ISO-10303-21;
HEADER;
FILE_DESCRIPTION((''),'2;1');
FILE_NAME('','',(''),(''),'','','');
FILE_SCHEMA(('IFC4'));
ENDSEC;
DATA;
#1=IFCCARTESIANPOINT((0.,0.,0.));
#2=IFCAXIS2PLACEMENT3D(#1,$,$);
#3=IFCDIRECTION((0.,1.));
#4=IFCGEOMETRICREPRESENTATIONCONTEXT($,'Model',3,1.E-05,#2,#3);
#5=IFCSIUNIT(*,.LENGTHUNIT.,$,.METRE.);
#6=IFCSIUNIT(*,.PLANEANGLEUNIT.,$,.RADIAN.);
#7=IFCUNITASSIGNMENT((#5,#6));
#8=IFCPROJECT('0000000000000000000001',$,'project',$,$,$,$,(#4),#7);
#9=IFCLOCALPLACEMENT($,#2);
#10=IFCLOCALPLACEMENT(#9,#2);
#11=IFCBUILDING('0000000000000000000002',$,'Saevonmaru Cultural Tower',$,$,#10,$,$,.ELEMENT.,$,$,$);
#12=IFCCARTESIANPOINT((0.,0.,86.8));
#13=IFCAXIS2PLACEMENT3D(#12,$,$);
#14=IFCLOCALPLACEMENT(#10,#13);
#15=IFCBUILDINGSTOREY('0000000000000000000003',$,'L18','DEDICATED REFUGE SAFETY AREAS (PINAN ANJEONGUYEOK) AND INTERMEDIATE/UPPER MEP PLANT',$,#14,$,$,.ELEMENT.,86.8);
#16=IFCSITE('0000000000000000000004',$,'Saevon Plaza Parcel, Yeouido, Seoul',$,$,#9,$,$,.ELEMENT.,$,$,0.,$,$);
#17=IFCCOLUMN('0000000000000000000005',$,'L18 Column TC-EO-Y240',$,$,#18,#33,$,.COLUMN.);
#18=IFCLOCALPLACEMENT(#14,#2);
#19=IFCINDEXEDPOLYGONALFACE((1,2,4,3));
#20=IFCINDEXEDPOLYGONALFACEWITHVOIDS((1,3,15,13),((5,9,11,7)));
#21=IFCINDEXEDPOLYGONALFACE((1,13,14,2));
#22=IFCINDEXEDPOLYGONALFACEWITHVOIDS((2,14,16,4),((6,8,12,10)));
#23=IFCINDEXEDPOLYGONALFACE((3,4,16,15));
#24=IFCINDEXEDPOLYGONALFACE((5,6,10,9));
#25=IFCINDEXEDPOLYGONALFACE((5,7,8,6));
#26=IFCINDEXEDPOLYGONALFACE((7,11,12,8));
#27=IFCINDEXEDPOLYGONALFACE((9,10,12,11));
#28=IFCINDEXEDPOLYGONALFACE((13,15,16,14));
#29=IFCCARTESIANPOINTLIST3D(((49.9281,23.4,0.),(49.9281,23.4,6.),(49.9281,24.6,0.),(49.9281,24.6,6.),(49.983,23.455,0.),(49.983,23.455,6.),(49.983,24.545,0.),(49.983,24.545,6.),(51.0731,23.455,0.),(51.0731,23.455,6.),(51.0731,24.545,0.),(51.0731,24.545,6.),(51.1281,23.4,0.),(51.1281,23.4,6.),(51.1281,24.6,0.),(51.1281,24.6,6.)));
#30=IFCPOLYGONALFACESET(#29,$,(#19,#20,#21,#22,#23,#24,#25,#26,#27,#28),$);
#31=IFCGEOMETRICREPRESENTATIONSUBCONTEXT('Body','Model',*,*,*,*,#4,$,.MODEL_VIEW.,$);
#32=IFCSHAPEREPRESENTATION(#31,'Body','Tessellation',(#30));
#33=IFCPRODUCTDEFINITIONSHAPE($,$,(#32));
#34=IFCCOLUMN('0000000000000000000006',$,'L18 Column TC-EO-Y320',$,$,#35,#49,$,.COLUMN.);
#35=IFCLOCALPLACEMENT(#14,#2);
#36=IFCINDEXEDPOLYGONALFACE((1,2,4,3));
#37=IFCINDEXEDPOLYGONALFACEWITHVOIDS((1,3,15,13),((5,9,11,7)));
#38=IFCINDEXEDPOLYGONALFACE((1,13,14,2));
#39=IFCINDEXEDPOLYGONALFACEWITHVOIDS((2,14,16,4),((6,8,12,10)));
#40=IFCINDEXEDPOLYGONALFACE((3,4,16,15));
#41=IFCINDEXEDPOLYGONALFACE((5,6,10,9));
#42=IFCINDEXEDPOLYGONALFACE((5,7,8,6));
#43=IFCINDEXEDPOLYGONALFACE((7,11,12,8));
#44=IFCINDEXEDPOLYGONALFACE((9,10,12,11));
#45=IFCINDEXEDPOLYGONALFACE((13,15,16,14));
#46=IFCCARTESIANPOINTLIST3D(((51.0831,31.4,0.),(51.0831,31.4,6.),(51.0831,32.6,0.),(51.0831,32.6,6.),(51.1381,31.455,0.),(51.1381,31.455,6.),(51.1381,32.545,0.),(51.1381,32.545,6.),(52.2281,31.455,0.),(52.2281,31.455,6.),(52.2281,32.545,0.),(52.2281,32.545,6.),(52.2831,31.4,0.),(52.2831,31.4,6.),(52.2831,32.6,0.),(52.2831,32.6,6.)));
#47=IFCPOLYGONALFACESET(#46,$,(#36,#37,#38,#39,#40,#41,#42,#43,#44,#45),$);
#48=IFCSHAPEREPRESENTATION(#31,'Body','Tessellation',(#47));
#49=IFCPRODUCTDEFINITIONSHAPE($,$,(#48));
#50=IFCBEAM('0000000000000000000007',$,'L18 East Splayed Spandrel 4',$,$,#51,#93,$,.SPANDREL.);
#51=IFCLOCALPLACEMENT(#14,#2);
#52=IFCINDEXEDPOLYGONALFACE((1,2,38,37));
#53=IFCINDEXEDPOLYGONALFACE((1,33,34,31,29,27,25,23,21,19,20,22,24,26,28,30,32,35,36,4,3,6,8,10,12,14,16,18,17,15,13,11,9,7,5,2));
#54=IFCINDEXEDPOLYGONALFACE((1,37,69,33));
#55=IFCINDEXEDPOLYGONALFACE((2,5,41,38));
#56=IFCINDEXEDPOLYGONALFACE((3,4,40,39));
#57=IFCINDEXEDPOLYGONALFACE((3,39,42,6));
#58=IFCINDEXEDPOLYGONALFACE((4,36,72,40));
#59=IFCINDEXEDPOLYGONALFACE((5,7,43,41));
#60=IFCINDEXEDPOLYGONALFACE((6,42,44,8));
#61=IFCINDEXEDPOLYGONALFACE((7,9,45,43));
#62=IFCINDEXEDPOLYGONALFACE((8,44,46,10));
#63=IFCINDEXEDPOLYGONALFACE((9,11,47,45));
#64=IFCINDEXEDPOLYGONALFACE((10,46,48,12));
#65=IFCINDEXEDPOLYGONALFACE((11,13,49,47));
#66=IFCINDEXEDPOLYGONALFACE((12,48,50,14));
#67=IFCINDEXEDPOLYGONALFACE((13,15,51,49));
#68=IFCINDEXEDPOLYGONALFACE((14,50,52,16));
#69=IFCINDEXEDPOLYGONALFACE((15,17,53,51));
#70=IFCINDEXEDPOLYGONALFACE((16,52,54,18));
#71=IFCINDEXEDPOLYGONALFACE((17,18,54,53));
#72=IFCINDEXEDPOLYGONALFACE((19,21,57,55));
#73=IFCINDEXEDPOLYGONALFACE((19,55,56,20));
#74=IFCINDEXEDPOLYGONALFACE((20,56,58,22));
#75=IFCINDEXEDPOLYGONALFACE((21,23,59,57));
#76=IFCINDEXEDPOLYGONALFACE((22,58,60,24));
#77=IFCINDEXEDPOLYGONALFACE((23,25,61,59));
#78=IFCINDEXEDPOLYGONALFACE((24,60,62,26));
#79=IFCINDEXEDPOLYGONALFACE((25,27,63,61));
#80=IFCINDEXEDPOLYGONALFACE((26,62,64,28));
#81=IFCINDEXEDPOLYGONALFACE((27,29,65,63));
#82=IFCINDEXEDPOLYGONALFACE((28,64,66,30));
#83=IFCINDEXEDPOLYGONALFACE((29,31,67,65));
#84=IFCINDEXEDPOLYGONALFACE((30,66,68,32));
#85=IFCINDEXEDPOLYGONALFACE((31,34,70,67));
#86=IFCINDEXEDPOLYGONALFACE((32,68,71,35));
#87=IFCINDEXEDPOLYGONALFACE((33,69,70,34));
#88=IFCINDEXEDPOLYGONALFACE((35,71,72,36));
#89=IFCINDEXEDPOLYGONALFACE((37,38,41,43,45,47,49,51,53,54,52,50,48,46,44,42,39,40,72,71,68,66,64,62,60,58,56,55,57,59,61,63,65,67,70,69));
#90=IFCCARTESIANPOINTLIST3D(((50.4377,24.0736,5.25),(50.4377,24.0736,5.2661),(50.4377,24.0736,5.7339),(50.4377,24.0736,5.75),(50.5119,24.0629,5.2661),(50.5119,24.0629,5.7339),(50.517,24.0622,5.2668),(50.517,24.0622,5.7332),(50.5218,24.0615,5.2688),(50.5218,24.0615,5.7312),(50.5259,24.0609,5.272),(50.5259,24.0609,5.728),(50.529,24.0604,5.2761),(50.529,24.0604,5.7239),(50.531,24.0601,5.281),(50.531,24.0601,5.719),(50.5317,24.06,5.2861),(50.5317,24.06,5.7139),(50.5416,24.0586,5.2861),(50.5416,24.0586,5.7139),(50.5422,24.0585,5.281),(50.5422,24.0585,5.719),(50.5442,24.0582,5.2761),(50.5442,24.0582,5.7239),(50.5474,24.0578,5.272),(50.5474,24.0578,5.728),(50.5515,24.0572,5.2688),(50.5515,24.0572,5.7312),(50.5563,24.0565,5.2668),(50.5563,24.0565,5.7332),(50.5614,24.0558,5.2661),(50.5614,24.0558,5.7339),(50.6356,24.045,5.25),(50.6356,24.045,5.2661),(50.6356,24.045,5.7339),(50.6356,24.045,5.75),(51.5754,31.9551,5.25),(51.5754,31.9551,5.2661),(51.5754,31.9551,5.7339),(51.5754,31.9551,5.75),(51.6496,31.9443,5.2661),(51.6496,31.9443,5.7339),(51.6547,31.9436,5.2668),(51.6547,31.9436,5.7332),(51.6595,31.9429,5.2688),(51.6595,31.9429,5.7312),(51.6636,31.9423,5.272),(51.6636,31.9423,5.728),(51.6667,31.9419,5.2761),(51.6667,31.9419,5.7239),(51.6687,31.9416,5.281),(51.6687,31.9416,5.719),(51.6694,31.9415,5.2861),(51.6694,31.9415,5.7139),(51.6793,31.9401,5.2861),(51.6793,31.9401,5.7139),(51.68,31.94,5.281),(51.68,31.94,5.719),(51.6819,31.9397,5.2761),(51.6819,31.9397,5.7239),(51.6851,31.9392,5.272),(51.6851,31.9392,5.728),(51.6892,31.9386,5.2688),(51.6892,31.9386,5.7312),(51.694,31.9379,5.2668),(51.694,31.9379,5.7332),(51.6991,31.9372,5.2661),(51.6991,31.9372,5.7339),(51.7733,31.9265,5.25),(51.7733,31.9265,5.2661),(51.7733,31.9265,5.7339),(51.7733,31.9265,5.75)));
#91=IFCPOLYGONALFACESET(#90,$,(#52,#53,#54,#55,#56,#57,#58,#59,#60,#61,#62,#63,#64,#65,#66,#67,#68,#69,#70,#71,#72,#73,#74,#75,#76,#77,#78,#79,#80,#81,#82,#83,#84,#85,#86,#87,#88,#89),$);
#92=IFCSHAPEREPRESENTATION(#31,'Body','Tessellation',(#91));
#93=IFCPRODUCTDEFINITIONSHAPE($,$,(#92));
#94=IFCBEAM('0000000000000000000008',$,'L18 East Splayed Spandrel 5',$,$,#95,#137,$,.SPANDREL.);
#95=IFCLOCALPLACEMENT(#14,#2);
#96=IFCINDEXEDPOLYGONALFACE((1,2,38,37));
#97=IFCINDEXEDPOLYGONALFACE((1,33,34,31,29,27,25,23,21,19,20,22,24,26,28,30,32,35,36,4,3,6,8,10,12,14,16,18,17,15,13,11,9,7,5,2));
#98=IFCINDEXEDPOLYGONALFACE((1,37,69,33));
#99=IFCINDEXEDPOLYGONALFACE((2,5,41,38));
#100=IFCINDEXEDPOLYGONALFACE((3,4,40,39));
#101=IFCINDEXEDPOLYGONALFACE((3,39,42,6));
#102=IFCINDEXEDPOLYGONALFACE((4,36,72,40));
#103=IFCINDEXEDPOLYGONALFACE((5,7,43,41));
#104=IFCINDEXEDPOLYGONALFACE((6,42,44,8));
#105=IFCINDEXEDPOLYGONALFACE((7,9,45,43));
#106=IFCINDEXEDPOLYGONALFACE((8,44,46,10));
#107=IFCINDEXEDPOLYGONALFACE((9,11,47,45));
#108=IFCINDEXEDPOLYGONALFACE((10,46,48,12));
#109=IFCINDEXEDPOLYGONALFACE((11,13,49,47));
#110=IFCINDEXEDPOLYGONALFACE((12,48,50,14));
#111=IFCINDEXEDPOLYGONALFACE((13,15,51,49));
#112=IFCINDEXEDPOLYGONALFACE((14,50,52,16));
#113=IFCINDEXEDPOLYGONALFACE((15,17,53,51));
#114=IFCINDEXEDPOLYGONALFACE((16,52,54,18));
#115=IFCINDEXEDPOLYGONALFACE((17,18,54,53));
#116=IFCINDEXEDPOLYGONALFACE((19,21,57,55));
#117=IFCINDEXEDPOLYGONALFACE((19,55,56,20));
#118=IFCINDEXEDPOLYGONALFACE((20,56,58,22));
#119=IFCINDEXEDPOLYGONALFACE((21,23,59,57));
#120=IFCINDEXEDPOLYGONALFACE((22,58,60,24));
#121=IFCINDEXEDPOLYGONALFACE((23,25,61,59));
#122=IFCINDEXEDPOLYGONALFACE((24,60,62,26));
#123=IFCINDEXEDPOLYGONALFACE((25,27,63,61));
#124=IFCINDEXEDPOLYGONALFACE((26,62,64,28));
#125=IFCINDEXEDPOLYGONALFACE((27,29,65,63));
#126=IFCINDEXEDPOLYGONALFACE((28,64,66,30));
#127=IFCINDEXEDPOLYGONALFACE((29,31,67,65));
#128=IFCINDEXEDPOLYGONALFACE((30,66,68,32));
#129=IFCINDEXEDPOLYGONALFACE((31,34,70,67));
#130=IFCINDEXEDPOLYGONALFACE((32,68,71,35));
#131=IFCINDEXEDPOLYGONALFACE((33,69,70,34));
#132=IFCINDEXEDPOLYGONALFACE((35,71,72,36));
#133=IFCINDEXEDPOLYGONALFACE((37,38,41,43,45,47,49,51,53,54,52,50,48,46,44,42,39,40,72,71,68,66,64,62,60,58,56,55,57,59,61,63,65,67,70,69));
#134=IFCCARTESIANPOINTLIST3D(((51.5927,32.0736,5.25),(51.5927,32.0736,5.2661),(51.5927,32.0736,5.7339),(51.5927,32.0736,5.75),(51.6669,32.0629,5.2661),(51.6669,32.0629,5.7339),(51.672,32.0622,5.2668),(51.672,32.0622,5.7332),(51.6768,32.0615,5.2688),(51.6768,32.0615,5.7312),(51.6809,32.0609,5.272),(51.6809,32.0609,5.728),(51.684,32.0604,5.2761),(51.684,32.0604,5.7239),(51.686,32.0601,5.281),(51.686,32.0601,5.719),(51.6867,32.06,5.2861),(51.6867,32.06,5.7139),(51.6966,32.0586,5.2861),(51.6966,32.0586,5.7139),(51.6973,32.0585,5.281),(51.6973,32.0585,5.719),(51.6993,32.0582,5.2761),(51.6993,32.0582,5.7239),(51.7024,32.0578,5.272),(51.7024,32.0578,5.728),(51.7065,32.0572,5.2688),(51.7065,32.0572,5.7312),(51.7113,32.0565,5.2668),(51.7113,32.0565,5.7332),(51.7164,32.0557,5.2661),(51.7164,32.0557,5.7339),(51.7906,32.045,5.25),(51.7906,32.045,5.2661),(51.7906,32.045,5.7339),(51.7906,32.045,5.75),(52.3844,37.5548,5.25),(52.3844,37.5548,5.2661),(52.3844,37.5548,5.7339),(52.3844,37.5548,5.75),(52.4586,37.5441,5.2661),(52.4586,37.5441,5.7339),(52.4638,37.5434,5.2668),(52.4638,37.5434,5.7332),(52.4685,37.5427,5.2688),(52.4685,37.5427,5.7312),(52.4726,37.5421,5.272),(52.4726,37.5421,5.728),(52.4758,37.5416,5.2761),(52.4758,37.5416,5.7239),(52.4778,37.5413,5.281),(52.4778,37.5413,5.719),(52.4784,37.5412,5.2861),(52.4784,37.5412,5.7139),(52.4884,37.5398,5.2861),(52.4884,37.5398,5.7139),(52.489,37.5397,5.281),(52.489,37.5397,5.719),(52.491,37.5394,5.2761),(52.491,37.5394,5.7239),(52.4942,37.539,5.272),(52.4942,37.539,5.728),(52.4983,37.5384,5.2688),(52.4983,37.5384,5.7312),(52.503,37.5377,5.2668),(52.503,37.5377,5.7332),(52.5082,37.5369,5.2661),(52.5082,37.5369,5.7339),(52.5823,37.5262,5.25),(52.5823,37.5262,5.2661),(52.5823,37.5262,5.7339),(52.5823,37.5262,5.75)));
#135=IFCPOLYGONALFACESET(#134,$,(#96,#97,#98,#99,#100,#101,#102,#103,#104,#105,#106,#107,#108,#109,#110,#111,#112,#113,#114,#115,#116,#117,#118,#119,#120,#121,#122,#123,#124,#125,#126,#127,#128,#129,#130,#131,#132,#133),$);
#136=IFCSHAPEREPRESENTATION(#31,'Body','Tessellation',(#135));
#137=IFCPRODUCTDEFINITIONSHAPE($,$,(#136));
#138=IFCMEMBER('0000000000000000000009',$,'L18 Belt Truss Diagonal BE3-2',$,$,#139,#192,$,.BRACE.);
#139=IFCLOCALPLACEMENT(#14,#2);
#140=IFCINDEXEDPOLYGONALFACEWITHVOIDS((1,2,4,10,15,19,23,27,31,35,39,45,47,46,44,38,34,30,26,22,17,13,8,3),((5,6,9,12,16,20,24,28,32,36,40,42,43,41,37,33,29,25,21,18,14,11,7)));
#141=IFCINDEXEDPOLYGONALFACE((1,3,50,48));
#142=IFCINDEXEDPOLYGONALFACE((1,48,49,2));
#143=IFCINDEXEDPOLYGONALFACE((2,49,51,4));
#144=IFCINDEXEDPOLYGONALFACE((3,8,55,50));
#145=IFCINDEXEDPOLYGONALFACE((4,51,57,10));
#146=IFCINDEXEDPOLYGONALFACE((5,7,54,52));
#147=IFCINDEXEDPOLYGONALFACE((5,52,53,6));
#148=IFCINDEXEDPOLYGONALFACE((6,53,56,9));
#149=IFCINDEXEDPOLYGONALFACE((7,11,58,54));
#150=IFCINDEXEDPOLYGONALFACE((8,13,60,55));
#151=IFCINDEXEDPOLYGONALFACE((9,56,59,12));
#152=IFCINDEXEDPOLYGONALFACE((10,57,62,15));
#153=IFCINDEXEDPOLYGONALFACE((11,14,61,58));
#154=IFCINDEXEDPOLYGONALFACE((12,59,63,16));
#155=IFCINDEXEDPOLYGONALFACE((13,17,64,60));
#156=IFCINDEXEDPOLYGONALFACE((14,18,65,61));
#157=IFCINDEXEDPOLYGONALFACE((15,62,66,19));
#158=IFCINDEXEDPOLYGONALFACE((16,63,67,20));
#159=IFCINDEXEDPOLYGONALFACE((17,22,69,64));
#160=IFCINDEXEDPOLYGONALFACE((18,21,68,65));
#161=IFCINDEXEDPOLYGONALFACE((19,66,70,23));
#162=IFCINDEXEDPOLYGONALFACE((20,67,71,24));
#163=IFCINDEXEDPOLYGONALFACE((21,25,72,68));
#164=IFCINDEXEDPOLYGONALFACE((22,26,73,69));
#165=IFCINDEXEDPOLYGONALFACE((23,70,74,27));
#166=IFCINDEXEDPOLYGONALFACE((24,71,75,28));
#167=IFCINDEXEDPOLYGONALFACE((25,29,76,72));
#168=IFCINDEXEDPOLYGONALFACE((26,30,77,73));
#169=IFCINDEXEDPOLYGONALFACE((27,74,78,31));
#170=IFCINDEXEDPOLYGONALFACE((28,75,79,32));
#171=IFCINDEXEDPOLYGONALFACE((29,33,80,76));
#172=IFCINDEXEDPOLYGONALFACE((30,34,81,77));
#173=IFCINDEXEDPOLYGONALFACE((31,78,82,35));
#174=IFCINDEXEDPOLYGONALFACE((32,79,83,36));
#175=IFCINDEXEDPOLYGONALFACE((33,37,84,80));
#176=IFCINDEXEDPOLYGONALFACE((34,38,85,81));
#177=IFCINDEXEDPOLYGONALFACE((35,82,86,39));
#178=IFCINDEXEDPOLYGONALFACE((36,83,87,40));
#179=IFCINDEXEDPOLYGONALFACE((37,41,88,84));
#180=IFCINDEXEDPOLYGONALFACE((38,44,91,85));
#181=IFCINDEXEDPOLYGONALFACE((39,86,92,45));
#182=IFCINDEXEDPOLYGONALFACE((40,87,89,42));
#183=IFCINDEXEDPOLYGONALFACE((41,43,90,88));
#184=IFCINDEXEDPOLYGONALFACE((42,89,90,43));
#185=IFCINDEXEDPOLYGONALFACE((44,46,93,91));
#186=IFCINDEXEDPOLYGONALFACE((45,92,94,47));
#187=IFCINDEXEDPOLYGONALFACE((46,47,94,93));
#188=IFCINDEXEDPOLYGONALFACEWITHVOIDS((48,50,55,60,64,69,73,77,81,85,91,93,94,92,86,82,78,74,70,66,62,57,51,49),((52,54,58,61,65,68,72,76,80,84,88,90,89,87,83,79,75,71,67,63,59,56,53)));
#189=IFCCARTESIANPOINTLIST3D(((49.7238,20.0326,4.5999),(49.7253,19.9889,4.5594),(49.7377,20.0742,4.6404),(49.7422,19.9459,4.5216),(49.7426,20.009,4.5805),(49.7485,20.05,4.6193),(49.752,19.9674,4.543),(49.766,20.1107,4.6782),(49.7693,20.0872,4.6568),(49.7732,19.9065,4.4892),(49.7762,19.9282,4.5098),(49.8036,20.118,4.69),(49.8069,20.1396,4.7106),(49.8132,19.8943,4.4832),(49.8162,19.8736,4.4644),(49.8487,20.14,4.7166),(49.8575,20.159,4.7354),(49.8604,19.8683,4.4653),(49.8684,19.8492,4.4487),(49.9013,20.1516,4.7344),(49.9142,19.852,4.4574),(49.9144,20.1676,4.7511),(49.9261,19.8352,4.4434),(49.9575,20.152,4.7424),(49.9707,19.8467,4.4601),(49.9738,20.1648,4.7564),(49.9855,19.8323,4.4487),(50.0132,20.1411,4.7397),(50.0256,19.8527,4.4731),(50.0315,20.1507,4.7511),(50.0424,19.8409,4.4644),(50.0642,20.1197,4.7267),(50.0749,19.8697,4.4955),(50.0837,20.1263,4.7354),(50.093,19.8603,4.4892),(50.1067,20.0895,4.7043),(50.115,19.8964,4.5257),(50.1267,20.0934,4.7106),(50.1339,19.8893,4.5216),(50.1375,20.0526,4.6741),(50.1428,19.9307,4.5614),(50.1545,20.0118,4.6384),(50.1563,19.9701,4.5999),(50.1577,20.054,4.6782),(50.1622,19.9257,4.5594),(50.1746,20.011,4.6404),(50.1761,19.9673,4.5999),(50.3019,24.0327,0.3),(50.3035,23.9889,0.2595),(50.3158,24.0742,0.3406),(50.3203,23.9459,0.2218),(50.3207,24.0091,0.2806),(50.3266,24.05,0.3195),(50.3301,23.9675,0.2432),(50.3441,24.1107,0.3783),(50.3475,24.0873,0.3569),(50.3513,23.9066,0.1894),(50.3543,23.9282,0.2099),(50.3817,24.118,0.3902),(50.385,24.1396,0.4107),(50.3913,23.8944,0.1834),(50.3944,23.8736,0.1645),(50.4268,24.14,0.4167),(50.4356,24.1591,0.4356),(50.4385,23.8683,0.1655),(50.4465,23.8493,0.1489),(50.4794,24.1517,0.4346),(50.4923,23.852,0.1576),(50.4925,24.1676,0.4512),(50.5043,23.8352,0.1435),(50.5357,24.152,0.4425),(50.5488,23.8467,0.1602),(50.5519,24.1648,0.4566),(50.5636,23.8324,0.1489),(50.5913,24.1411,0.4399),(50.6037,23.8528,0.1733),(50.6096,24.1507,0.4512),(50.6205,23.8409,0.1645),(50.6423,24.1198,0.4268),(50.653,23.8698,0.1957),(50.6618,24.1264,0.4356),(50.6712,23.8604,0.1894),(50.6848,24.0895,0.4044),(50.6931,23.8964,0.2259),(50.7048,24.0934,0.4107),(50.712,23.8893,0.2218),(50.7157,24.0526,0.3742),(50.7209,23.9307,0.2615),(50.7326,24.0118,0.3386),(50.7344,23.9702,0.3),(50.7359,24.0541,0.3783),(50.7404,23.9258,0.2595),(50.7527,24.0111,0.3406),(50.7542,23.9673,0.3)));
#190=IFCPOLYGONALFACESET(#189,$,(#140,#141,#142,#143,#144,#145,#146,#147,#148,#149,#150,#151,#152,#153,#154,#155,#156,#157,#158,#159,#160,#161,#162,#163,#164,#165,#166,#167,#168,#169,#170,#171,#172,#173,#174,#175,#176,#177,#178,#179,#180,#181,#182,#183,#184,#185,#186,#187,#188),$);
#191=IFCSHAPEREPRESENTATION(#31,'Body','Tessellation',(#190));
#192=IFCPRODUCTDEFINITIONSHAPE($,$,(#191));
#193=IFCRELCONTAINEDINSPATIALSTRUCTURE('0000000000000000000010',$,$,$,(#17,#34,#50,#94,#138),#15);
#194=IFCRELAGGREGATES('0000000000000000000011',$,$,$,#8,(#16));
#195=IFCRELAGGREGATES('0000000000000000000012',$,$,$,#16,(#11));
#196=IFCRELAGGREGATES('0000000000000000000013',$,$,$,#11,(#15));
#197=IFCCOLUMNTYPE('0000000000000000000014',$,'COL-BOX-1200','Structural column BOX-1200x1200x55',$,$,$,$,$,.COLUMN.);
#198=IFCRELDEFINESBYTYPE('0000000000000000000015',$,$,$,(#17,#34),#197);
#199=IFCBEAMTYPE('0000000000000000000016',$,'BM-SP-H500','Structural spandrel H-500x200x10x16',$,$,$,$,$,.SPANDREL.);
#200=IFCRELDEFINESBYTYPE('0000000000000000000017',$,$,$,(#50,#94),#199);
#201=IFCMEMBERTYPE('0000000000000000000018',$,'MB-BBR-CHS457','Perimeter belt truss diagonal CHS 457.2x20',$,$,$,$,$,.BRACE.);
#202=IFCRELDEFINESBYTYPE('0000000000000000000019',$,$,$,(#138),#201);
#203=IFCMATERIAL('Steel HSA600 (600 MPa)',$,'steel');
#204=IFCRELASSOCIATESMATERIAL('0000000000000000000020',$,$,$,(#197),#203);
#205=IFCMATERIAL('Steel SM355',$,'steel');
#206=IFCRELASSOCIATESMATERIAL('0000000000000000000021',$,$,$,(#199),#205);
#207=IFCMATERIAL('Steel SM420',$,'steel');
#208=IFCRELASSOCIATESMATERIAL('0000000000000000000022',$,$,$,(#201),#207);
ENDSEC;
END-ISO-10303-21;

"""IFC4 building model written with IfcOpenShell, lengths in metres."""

from ifc_helpers import new_model, si_unit, direction, frame, origin, origin_2d, place, context, subcontext, project, spatial, hollow_rectangle, hollow_circle, i_section, extrude, material, material_profile, profile_set, type_object, element, save


model = new_model("IFC4")

# Units and contexts
model_context = context("Model", 3, precision=1e-05, world=origin(), true_north=direction((0.0, 1.0)))
body_context = subcontext(model_context, "Body", "Model", "MODEL_VIEW")
ifc_project = project(units=[si_unit("LENGTHUNIT", "METRE"), si_unit("PLANEANGLEUNIT", "RADIAN")], contexts=[model_context])

# Site, building, storey
site_placement = place(None, origin())
site = spatial("IfcSite", under=ifc_project, at=site_placement, Name="Saevon Plaza Parcel, Yeouido, Seoul", CompositionType="ELEMENT", RefElevation=0.0)
building_placement = place(site_placement, origin())
building = spatial("IfcBuilding", under=site, at=building_placement, Name="Saevonmaru Cultural Tower", CompositionType="ELEMENT")
storey_placement = place(building_placement, frame((0.0, 0.0, 86.8)))
storey = spatial("IfcBuildingStorey", under=building, at=storey_placement, Name="L18", Description="DEDICATED REFUGE SAFETY AREAS (PINAN ANJEONGUYEOK) AND INTERMEDIATE/UPPER MEP PLANT", CompositionType="ELEMENT", Elevation=86.8)

# Columns
ifc_material_1 = material(Name="Steel HSA600 (600 MPa)", Category="steel")
ifc_material_profile_1 = material_profile(ifc_material_1, hollow_rectangle(XDim=1.2, YDim=1.2, WallThickness=0.0549, at=origin_2d()), Name="BOX-1200x1200x55")
ifc_profile_set_1 = profile_set([ifc_material_profile_1], Name="Steel HSA600 (600 MPa)")
column_type = type_object("IfcColumnType", Name="COL-BOX-1200", Description="Structural column BOX-1200x1200x55", PredefinedType="COLUMN", material=ifc_profile_set_1)
for number, where, z_axis, x_axis, name in (
    (1, (50.5281, 24.0, 0.0), (0.0, 0.0, 1.0), (1.0, 0.0, 0.0), "L18 Column TC-EO-Y240"),
    (2, (51.6831, 32.0, 0.0), (0.0, 0.0, 1.0), (1.0, 0.0, 0.0), "L18 Column TC-EO-Y320"),
):
    element("IfcColumn", number, at=place(storey_placement, frame(where, z_axis=z_axis, x_axis=x_axis)), inside=storey, type_object=column_type, Name=name, PredefinedType="COLUMN", context=body_context, shape_type="SweptSolid", body=[
        extrude(hollow_rectangle(XDim=1.2, YDim=1.2, WallThickness=0.0549, at=origin_2d()), origin(), (0.0, 0.0, 1.0), 6.0),
    ])

# Beams
ifc_material_2 = material(Name="Steel SM355", Category="steel")
ifc_material_profile_2 = material_profile(ifc_material_2, i_section(OverallWidth=0.2, OverallDepth=0.5, WebThickness=0.01, FlangeThickness=0.0161, FilletRadius=0.02, at=origin_2d()), Name="H-500x200x10x16")
ifc_profile_set_2 = profile_set([ifc_material_profile_2], Name="Steel SM355")
beam_type = type_object("IfcBeamType", Name="BM-SP-H500", Description="Structural spandrel H-500x200x10x16", PredefinedType="SPANDREL", material=ifc_profile_set_2)
beam_1_placement = place(storey_placement, frame((50.5366, 24.0593, 5.5), z_axis=(0.142872, 0.989741, 0.0), x_axis=(-0.989741, 0.142872, 0.0)))
element("IfcBeam", 3, at=beam_1_placement, inside=storey, type_object=beam_type, Name="L18 East Splayed Spandrel 4", PredefinedType="SPANDREL", context=body_context, shape_type="SweptSolid", body=[
    extrude(i_section(OverallWidth=0.2, OverallDepth=0.5, WebThickness=0.01, FlangeThickness=0.0161, FilletRadius=0.02, at=origin_2d()), origin(), (0.0, 0.0, 1.0), 7.9631),
])
beam_2_placement = place(storey_placement, frame((51.6917, 32.0593, 5.5), z_axis=(0.142964, 0.989728, 0.0), x_axis=(-0.989728, 0.142964, 0.0)))
element("IfcBeam", 4, at=beam_2_placement, inside=storey, type_object=beam_type, Name="L18 East Splayed Spandrel 5", PredefinedType="SPANDREL", context=body_context, shape_type="SweptSolid", body=[
    extrude(i_section(OverallWidth=0.2, OverallDepth=0.5, WebThickness=0.01, FlangeThickness=0.0161, FilletRadius=0.02, at=origin_2d()), origin(), (0.0, 0.0, 1.0), 5.5381),
])

# Member
ifc_material_3 = material(Name="Steel SM420", Category="steel")
ifc_material_profile_3 = material_profile(ifc_material_3, hollow_circle(Radius=0.2285, WallThickness=0.02, at=origin_2d()), Name="CHS-457.2x20")
ifc_profile_set_3 = profile_set([ifc_material_profile_3], Name="Steel SM420")
member_type_1 = type_object("IfcMemberType", Name="MB-BBR-CHS457", Description="Perimeter belt truss diagonal CHS 457.2x20", PredefinedType="BRACE", material=ifc_profile_set_3)
member_1_placement = place(storey_placement, frame((50.5281, 24.0, 0.3), z_axis=(-0.09797, -0.677844, 0.728649), x_axis=(0.989716, -0.143045, 0.0)))
element("IfcMember", 5, at=member_1_placement, inside=storey, type_object=member_type_1, Name="L18 Belt Truss Diagonal BE3-2", PredefinedType="BRACE", context=body_context, shape_type="SweptSolid", body=[
    extrude(hollow_circle(Radius=0.2285, WallThickness=0.02, at=origin_2d()), origin(), (0.0, 0.0, 1.0), 5.9011),
])

save(model, "model.ifc")
